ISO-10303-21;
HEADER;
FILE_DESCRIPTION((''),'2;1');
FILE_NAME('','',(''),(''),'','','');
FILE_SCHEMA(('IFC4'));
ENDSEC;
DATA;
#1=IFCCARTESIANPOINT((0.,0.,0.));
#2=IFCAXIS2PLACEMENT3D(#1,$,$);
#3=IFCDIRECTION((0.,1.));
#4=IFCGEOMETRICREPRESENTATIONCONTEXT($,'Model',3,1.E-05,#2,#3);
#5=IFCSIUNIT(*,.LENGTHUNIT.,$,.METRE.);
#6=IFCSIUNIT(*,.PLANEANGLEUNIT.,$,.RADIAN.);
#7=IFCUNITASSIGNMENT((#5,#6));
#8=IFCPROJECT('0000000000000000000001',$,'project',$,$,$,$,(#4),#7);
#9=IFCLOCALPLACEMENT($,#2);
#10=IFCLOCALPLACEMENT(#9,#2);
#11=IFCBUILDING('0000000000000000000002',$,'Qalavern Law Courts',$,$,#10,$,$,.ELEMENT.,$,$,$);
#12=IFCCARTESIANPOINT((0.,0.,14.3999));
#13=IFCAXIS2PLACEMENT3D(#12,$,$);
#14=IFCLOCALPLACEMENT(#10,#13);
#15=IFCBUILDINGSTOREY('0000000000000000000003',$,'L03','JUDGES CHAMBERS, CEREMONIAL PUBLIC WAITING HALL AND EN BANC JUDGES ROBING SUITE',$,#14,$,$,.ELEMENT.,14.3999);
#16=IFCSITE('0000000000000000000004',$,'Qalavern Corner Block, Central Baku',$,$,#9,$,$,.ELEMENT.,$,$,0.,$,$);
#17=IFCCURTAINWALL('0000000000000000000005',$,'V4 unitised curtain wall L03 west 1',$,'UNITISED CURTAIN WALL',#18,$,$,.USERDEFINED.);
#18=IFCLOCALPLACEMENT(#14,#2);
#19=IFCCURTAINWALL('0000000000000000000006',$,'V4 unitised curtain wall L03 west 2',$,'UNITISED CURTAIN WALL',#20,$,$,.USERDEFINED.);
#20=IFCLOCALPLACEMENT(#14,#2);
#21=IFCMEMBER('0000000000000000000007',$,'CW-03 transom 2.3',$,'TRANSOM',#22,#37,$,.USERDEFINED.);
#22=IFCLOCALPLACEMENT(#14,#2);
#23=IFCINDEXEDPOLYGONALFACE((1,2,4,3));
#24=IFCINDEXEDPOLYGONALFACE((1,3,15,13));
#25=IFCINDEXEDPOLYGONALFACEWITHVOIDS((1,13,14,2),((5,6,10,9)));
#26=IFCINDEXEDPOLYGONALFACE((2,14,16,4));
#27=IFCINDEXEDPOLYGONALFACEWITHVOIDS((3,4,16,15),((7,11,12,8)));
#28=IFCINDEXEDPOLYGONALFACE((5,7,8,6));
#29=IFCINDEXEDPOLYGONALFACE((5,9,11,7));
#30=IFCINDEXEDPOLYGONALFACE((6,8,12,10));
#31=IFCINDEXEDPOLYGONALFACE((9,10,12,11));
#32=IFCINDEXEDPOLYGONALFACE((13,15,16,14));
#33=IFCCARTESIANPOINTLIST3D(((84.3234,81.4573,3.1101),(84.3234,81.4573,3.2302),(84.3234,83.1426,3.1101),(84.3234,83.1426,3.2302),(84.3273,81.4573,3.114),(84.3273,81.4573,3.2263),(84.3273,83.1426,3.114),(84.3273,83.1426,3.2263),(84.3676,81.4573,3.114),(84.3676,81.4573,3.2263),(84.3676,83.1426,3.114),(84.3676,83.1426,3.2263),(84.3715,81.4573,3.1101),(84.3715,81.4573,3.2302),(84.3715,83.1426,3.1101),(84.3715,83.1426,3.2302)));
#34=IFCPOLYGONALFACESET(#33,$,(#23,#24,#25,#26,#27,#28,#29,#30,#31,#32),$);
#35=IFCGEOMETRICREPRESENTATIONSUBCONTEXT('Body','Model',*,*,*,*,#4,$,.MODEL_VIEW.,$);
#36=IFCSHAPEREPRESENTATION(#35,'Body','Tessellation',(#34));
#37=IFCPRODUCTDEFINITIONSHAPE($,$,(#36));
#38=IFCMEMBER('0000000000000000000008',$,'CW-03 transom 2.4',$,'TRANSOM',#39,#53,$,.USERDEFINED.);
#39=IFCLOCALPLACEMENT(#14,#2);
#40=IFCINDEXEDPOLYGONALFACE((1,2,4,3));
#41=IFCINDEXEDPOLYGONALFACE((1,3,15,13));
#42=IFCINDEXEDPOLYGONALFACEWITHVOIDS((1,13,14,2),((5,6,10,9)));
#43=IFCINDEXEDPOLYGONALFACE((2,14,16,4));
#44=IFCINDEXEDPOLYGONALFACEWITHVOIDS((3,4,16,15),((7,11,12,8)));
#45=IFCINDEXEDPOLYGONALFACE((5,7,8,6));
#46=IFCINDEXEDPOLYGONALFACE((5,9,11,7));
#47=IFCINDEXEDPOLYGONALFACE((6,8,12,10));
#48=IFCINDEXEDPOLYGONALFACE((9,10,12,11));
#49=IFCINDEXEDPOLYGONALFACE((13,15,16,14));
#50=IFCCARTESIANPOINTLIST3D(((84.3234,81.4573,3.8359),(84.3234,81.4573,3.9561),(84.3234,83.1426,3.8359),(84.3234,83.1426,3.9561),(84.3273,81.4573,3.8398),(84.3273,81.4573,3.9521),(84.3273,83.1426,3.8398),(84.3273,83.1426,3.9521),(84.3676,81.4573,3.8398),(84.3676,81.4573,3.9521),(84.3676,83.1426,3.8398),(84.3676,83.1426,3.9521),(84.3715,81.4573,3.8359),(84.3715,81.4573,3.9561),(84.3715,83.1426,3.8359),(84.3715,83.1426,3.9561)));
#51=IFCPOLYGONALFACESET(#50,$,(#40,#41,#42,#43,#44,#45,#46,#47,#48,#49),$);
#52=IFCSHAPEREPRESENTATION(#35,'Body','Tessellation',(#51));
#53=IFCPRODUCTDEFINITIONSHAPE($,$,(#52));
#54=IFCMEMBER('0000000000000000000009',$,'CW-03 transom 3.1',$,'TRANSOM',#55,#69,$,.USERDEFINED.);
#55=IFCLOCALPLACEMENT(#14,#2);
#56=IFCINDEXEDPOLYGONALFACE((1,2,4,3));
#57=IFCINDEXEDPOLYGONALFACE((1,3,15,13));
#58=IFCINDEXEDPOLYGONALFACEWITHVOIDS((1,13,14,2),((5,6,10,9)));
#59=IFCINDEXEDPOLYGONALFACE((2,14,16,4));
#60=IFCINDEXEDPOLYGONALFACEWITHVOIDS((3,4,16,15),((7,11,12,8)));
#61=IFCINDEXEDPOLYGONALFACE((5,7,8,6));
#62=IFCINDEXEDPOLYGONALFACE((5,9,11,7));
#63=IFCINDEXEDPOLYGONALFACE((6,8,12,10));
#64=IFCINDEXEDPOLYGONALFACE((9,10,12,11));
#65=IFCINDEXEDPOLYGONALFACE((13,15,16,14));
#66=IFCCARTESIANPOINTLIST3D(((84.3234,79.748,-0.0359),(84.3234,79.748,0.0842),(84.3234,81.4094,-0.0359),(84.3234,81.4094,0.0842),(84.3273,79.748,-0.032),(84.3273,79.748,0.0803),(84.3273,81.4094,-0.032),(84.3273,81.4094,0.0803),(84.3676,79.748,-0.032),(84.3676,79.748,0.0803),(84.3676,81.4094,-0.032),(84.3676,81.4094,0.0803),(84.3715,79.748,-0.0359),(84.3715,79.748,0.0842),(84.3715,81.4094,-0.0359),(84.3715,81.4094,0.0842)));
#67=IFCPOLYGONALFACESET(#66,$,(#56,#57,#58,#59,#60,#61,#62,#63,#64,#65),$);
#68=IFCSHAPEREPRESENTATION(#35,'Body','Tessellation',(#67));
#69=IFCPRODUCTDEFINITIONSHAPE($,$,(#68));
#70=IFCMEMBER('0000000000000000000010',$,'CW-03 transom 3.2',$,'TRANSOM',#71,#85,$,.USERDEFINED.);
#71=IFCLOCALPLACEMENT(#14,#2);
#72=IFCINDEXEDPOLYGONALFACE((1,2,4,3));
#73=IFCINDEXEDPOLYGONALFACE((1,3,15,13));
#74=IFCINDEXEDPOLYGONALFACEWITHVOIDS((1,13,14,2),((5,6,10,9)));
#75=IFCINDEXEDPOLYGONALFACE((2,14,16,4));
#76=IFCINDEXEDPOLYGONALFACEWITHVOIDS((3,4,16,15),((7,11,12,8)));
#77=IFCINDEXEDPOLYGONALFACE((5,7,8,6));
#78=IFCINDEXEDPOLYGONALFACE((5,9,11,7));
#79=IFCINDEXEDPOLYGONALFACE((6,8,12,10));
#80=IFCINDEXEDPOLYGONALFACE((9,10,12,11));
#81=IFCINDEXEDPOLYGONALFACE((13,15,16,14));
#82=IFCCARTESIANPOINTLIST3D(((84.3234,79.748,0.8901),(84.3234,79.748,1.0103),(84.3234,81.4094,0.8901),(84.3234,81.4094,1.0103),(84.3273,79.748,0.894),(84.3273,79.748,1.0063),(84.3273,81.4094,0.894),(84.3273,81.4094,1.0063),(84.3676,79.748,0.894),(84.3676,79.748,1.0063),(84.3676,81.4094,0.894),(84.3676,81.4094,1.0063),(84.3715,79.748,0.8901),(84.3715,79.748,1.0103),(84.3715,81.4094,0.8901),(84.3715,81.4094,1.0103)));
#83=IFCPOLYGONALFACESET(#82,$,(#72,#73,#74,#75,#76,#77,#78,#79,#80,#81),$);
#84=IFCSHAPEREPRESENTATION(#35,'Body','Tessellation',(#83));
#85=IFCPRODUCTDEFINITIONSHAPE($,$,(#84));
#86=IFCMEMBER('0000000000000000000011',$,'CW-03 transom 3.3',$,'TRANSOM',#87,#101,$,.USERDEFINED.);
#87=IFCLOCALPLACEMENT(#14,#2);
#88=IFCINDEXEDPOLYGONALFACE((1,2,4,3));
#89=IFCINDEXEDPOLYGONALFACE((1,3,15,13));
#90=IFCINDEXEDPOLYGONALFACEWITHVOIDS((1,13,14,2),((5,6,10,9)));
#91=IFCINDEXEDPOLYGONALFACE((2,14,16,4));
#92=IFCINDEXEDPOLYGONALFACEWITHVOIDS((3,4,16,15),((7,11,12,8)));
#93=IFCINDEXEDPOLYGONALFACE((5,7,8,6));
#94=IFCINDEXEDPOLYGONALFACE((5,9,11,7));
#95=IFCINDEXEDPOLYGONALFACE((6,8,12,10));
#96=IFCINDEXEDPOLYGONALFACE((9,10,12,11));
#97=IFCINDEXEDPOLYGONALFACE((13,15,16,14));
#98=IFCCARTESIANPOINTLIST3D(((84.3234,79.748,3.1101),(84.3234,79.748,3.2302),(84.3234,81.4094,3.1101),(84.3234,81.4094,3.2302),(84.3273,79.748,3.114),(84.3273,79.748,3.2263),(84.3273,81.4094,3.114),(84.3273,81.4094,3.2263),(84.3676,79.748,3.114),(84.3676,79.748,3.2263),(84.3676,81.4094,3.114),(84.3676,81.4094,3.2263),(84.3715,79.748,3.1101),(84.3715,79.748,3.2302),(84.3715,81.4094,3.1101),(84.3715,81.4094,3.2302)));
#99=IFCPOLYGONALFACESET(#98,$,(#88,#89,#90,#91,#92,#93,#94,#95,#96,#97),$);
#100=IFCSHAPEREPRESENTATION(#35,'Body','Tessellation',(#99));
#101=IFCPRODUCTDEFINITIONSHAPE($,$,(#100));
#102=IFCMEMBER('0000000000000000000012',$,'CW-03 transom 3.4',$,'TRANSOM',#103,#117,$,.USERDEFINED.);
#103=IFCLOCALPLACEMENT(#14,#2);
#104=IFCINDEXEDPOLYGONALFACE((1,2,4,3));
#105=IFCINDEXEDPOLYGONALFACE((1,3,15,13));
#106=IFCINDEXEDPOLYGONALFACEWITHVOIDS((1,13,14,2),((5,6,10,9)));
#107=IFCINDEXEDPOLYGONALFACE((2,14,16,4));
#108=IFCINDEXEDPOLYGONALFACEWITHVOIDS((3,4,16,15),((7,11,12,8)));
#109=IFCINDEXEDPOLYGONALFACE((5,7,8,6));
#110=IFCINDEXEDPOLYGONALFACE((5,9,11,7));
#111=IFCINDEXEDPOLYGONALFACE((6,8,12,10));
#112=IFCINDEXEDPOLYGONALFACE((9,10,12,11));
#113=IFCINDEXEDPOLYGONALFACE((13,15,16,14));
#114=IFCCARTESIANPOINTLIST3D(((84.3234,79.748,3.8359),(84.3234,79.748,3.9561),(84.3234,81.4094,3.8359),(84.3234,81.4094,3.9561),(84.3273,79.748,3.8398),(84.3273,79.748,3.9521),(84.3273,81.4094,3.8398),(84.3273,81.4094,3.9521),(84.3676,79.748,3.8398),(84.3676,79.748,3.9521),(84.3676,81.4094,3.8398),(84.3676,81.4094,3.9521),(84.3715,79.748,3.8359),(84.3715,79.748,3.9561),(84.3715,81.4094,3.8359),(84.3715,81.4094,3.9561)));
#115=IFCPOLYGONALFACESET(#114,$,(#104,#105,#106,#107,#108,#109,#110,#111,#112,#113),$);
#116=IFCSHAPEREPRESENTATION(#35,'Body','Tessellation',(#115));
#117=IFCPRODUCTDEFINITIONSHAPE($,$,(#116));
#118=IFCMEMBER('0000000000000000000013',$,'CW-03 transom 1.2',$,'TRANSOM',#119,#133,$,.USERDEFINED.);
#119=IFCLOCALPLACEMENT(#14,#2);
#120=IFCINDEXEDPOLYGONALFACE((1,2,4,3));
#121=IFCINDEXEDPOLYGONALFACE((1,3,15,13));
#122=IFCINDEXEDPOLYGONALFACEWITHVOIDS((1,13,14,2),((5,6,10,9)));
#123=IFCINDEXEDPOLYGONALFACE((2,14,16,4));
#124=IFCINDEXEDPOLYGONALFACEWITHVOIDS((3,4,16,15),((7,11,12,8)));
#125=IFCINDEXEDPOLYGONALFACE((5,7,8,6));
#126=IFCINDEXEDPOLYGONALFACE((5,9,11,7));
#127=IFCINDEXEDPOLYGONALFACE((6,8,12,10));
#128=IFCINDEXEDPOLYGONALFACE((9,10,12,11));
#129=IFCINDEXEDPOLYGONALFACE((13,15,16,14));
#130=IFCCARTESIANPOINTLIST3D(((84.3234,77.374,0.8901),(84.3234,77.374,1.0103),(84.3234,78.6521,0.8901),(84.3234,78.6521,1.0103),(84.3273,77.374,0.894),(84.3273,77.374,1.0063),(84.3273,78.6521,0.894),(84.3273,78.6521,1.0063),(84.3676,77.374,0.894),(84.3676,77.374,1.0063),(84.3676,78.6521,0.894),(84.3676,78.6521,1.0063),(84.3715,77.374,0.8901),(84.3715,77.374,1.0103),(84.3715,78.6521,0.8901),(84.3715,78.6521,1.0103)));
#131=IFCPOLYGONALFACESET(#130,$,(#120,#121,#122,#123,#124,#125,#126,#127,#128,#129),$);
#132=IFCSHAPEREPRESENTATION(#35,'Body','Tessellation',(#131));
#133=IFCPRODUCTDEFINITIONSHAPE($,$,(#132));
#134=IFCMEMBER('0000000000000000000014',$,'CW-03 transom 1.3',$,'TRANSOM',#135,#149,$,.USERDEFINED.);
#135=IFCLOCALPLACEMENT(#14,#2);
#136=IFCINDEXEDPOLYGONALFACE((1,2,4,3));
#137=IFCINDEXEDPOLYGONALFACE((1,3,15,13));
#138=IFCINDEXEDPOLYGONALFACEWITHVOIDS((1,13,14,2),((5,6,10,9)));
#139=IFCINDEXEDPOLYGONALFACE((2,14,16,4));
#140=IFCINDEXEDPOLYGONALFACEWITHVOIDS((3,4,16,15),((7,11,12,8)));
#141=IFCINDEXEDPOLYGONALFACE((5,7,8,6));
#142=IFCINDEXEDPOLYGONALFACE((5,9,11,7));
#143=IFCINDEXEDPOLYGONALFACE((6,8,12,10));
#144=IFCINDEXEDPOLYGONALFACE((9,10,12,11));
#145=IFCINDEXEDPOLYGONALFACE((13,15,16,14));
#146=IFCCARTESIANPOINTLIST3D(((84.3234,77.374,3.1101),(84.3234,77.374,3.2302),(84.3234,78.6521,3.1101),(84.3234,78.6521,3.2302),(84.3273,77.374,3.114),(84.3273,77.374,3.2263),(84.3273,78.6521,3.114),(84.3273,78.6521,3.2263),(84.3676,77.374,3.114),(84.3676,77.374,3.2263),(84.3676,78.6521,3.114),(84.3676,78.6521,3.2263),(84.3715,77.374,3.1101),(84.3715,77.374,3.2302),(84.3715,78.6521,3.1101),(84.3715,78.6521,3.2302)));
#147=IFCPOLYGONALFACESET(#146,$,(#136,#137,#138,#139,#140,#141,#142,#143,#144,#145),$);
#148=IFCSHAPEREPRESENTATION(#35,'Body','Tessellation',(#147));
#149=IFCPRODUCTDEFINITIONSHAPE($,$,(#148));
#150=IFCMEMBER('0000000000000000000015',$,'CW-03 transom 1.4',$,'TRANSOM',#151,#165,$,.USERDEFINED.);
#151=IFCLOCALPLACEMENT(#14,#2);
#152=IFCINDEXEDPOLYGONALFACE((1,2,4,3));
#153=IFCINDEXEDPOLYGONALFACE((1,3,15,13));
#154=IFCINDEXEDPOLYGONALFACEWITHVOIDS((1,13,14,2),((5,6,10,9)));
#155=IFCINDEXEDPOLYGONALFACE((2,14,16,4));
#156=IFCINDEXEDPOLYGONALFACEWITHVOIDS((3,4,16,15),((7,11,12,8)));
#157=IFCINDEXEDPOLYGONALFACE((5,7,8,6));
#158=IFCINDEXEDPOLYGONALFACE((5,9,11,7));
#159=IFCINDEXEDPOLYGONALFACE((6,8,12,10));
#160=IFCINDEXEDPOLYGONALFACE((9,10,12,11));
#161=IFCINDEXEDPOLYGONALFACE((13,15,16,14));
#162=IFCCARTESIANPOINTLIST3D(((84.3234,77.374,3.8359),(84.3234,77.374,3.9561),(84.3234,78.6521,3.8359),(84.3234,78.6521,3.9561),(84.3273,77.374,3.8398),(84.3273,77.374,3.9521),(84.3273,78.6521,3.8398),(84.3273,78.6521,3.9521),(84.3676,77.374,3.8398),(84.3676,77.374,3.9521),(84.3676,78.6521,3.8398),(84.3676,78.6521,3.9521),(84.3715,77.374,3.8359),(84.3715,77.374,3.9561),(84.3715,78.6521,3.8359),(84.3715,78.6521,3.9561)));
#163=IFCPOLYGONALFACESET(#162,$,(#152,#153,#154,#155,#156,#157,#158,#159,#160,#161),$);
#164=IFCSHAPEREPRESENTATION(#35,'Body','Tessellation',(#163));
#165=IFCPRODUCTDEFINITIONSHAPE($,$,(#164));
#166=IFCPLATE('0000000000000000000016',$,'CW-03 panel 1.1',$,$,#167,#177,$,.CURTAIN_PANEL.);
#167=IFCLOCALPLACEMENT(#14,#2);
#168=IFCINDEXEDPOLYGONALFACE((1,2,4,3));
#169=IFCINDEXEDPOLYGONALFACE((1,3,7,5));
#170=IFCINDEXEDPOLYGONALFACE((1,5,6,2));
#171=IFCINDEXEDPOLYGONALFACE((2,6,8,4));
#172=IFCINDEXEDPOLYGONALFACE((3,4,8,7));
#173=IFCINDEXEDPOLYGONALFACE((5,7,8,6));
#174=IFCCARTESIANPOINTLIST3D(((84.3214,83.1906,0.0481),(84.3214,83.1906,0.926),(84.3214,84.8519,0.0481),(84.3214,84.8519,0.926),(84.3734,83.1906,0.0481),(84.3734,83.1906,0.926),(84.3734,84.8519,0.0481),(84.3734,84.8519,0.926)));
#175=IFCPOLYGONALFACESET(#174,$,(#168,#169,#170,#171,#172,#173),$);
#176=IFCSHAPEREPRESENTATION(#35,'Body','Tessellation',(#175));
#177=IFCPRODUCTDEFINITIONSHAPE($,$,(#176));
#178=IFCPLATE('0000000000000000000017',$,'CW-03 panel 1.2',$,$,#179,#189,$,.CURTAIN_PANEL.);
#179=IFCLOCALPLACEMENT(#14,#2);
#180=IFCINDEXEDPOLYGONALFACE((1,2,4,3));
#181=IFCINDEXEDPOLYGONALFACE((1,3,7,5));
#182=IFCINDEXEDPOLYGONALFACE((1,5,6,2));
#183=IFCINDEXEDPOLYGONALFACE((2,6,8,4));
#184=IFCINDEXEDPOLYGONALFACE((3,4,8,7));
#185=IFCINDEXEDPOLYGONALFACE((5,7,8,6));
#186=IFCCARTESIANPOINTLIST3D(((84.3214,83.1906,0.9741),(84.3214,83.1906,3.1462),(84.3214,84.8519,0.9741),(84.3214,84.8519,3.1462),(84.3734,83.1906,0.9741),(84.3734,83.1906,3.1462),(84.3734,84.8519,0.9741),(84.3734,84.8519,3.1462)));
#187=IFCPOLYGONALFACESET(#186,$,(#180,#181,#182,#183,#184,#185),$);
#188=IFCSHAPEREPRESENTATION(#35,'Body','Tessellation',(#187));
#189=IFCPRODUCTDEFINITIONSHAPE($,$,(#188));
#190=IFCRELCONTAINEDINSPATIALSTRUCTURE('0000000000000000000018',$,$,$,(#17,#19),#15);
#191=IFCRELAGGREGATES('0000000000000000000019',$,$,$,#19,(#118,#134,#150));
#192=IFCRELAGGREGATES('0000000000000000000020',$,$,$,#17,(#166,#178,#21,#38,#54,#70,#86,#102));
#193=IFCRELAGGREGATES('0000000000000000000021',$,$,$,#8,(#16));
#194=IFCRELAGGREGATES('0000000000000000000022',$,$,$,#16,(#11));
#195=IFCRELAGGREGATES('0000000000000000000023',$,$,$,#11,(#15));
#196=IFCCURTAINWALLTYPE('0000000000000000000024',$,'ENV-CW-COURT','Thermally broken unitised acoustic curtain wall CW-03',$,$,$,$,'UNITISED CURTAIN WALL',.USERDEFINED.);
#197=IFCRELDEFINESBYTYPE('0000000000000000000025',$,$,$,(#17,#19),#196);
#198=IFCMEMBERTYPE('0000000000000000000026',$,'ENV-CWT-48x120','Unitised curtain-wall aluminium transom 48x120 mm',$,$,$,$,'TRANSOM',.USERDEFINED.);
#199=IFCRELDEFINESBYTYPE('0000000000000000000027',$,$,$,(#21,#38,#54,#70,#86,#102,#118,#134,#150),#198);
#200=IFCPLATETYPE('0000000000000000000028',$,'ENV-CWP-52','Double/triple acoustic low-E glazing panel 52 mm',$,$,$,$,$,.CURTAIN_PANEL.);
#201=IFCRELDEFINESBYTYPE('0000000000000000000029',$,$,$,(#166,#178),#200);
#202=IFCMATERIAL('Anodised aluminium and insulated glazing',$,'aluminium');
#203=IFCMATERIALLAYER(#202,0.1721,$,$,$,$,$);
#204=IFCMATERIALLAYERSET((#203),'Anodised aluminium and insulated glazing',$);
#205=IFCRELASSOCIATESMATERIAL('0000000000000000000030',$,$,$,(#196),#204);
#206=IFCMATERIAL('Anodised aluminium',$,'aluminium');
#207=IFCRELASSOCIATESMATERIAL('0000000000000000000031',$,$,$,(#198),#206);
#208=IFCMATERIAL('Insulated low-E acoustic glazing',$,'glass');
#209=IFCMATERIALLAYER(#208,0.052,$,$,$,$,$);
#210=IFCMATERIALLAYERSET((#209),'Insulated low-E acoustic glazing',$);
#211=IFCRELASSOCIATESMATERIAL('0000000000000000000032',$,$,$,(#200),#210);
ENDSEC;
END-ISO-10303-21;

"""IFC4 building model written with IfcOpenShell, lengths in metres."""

from ifc_helpers import new_model, si_unit, direction, frame, origin, origin_2d, place, context, subcontext, project, spatial, rectangle, hollow_rectangle, extrude, material, layer, layer_set, material_profile, profile_set, type_object, element, aggregate, save


model = new_model("IFC4")

# Units and contexts
model_context = context("Model", 3, precision=1e-05, world=origin(), true_north=direction((0.0, 1.0)))
body_context = subcontext(model_context, "Body", "Model", "MODEL_VIEW")
ifc_project = project(units=[si_unit("LENGTHUNIT", "METRE"), si_unit("PLANEANGLEUNIT", "RADIAN")], contexts=[model_context])

# Site, building, storey
site_placement = place(None, origin())
site = spatial("IfcSite", under=ifc_project, at=site_placement, Name="Qalavern Corner Block, Central Baku", CompositionType="ELEMENT", RefElevation=0.0)
building_placement = place(site_placement, origin())
building = spatial("IfcBuilding", under=site, at=building_placement, Name="Qalavern Law Courts", CompositionType="ELEMENT")
storey_placement = place(building_placement, frame((0.0, 0.0, 14.3999)))
storey = spatial("IfcBuildingStorey", under=building, at=storey_placement, Name="L03", Description="JUDGES CHAMBERS, CEREMONIAL PUBLIC WAITING HALL AND EN BANC JUDGES ROBING SUITE", CompositionType="ELEMENT", Elevation=14.3999)

# Curtain wall
ifc_material_1 = material(Name="Anodised aluminium and insulated glazing", Category="aluminium")
ifc_layer_1 = layer(ifc_material_1, 0.1721)
ifc_layer_set_1 = layer_set([ifc_layer_1], Name="Anodised aluminium and insulated glazing")
curtain_wall_type = type_object("IfcCurtainWallType", Name="ENV-CW-COURT", Description="Thermally broken unitised acoustic curtain wall CW-03", ElementType="UNITISED CURTAIN WALL", PredefinedType="USERDEFINED", material=ifc_layer_set_1)
curtain_wall_1_placement = place(storey_placement, origin())
curtain_wall_1 = element("IfcCurtainWall", 1, at=curtain_wall_1_placement, inside=storey, type_object=curtain_wall_type, Name="V4 unitised curtain wall L03 west 1", ObjectType="UNITISED CURTAIN WALL", PredefinedType="USERDEFINED")
ifc_material_2 = material(Name="Anodised aluminium", Category="aluminium")

# Curtain wall
curtain_wall_2_placement = place(storey_placement, origin())
curtain_wall_2 = element("IfcCurtainWall", 2, at=curtain_wall_2_placement, inside=storey, type_object=curtain_wall_type, Name="V4 unitised curtain wall L03 west 2", ObjectType="UNITISED CURTAIN WALL", PredefinedType="USERDEFINED")

# Members
ifc_material_profile_1 = material_profile(ifc_material_2, hollow_rectangle(XDim=0.0481, YDim=0.1201, WallThickness=0.0039, at=origin_2d()), Name="ALU TRANSOM 48x120")
ifc_profile_set_1 = profile_set([ifc_material_profile_1], Name="Anodised aluminium")
member_type_1 = type_object("IfcMemberType", Name="ENV-CWT-48x120", Description="Unitised curtain-wall aluminium transom 48x120 mm", ElementType="TRANSOM", PredefinedType="USERDEFINED", material=ifc_profile_set_1)
member_1_placement = place(storey_placement, frame((84.3474, 83.1426, 3.1702), z_axis=(0.0, -1.0, 0.0), x_axis=(1.0, 0.0, 0.0)))
member_1 = element("IfcMember", 3, at=member_1_placement, type_object=member_type_1, Name="CW-03 transom 2.3", ObjectType="TRANSOM", PredefinedType="USERDEFINED", context=body_context, shape_type="SweptSolid", body=[
    extrude(hollow_rectangle(XDim=0.0481, YDim=0.1201, WallThickness=0.0039, at=origin_2d()), origin(), (0.0, 0.0, 1.0), 1.6853),
])
member_2_placement = place(storey_placement, frame((84.3474, 83.1426, 3.896), z_axis=(0.0, -1.0, 0.0), x_axis=(1.0, 0.0, 0.0)))
member_2 = element("IfcMember", 4, at=member_2_placement, type_object=member_type_1, Name="CW-03 transom 2.4", ObjectType="TRANSOM", PredefinedType="USERDEFINED", context=body_context, shape_type="SweptSolid", body=[
    extrude(hollow_rectangle(XDim=0.0481, YDim=0.1201, WallThickness=0.0039, at=origin_2d()), origin(), (0.0, 0.0, 1.0), 1.6853),
])
member_3_placement = place(storey_placement, frame((84.3474, 81.4094, 0.0242), z_axis=(0.0, -1.0, 0.0), x_axis=(1.0, 0.0, 0.0)))
member_3 = element("IfcMember", 5, at=member_3_placement, type_object=member_type_1, Name="CW-03 transom 3.1", ObjectType="TRANSOM", PredefinedType="USERDEFINED", context=body_context, shape_type="SweptSolid", body=[
    extrude(hollow_rectangle(XDim=0.0481, YDim=0.1201, WallThickness=0.0039, at=origin_2d()), origin(), (0.0, 0.0, 1.0), 1.6614),
])
member_4_placement = place(storey_placement, frame((84.3474, 81.4094, 0.9502), z_axis=(0.0, -1.0, 0.0), x_axis=(1.0, 0.0, 0.0)))
member_4 = element("IfcMember", 6, at=member_4_placement, type_object=member_type_1, Name="CW-03 transom 3.2", ObjectType="TRANSOM", PredefinedType="USERDEFINED", context=body_context, shape_type="SweptSolid", body=[
    extrude(hollow_rectangle(XDim=0.0481, YDim=0.1201, WallThickness=0.0039, at=origin_2d()), origin(), (0.0, 0.0, 1.0), 1.6614),
])
member_5_placement = place(storey_placement, frame((84.3474, 81.4094, 3.1702), z_axis=(0.0, -1.0, 0.0), x_axis=(1.0, 0.0, 0.0)))
member_5 = element("IfcMember", 7, at=member_5_placement, type_object=member_type_1, Name="CW-03 transom 3.3", ObjectType="TRANSOM", PredefinedType="USERDEFINED", context=body_context, shape_type="SweptSolid", body=[
    extrude(hollow_rectangle(XDim=0.0481, YDim=0.1201, WallThickness=0.0039, at=origin_2d()), origin(), (0.0, 0.0, 1.0), 1.6614),
])
member_6_placement = place(storey_placement, frame((84.3474, 81.4094, 3.896), z_axis=(0.0, -1.0, 0.0), x_axis=(1.0, 0.0, 0.0)))
member_6 = element("IfcMember", 8, at=member_6_placement, type_object=member_type_1, Name="CW-03 transom 3.4", ObjectType="TRANSOM", PredefinedType="USERDEFINED", context=body_context, shape_type="SweptSolid", body=[
    extrude(hollow_rectangle(XDim=0.0481, YDim=0.1201, WallThickness=0.0039, at=origin_2d()), origin(), (0.0, 0.0, 1.0), 1.6614),
])
member_7_placement = place(storey_placement, frame((84.3474, 78.6521, 0.9502), z_axis=(0.0, -1.0, 0.0), x_axis=(1.0, 0.0, 0.0)))
member_7 = element("IfcMember", 9, at=member_7_placement, type_object=member_type_1, Name="CW-03 transom 1.2", ObjectType="TRANSOM", PredefinedType="USERDEFINED", context=body_context, shape_type="SweptSolid", body=[
    extrude(hollow_rectangle(XDim=0.0481, YDim=0.1201, WallThickness=0.0039, at=origin_2d()), origin(), (0.0, 0.0, 1.0), 1.2781),
])
member_8_placement = place(storey_placement, frame((84.3474, 78.6521, 3.1702), z_axis=(0.0, -1.0, 0.0), x_axis=(1.0, 0.0, 0.0)))
member_8 = element("IfcMember", 10, at=member_8_placement, type_object=member_type_1, Name="CW-03 transom 1.3", ObjectType="TRANSOM", PredefinedType="USERDEFINED", context=body_context, shape_type="SweptSolid", body=[
    extrude(hollow_rectangle(XDim=0.0481, YDim=0.1201, WallThickness=0.0039, at=origin_2d()), origin(), (0.0, 0.0, 1.0), 1.2781),
])
member_9_placement = place(storey_placement, frame((84.3474, 78.6521, 3.896), z_axis=(0.0, -1.0, 0.0), x_axis=(1.0, 0.0, 0.0)))
member_9 = element("IfcMember", 11, at=member_9_placement, type_object=member_type_1, Name="CW-03 transom 1.4", ObjectType="TRANSOM", PredefinedType="USERDEFINED", context=body_context, shape_type="SweptSolid", body=[
    extrude(hollow_rectangle(XDim=0.0481, YDim=0.1201, WallThickness=0.0039, at=origin_2d()), origin(), (0.0, 0.0, 1.0), 1.2781),
])
aggregate(curtain_wall_2, [member_7, member_8, member_9])

# Plates
ifc_material_3 = material(Name="Insulated low-E acoustic glazing", Category="glass")
ifc_layer_2 = layer(ifc_material_3, 0.052)
ifc_layer_set_2 = layer_set([ifc_layer_2], Name="Insulated low-E acoustic glazing")
plate_type = type_object("IfcPlateType", Name="ENV-CWP-52", Description="Double/triple acoustic low-E glazing panel 52 mm", PredefinedType="CURTAIN_PANEL", material=ifc_layer_set_2)
plate_1_placement = place(storey_placement, frame((84.3474, 84.0212, 0.0481), z_axis=(0.0, 0.0, 1.0), x_axis=(0.0, -1.0, 0.0)))
plate_1 = element("IfcPlate", 12, at=plate_1_placement, type_object=plate_type, Name="CW-03 panel 1.1", PredefinedType="CURTAIN_PANEL", context=body_context, shape_type="SweptSolid", body=[
    extrude(rectangle(XDim=1.6614, YDim=0.052, at=origin_2d()), origin(), (0.0, 0.0, 1.0), 0.8779),
])
plate_2_placement = place(storey_placement, frame((84.3474, 84.0212, 0.9741), z_axis=(0.0, 0.0, 1.0), x_axis=(0.0, -1.0, 0.0)))
plate_2 = element("IfcPlate", 13, at=plate_2_placement, type_object=plate_type, Name="CW-03 panel 1.2", PredefinedType="CURTAIN_PANEL", context=body_context, shape_type="SweptSolid", body=[
    extrude(rectangle(XDim=1.6614, YDim=0.052, at=origin_2d()), origin(), (0.0, 0.0, 1.0), 2.1721),
])
aggregate(curtain_wall_1, [plate_1, plate_2, member_1, member_2, member_3, member_4, member_5, member_6])

save(model, "model.ifc")
